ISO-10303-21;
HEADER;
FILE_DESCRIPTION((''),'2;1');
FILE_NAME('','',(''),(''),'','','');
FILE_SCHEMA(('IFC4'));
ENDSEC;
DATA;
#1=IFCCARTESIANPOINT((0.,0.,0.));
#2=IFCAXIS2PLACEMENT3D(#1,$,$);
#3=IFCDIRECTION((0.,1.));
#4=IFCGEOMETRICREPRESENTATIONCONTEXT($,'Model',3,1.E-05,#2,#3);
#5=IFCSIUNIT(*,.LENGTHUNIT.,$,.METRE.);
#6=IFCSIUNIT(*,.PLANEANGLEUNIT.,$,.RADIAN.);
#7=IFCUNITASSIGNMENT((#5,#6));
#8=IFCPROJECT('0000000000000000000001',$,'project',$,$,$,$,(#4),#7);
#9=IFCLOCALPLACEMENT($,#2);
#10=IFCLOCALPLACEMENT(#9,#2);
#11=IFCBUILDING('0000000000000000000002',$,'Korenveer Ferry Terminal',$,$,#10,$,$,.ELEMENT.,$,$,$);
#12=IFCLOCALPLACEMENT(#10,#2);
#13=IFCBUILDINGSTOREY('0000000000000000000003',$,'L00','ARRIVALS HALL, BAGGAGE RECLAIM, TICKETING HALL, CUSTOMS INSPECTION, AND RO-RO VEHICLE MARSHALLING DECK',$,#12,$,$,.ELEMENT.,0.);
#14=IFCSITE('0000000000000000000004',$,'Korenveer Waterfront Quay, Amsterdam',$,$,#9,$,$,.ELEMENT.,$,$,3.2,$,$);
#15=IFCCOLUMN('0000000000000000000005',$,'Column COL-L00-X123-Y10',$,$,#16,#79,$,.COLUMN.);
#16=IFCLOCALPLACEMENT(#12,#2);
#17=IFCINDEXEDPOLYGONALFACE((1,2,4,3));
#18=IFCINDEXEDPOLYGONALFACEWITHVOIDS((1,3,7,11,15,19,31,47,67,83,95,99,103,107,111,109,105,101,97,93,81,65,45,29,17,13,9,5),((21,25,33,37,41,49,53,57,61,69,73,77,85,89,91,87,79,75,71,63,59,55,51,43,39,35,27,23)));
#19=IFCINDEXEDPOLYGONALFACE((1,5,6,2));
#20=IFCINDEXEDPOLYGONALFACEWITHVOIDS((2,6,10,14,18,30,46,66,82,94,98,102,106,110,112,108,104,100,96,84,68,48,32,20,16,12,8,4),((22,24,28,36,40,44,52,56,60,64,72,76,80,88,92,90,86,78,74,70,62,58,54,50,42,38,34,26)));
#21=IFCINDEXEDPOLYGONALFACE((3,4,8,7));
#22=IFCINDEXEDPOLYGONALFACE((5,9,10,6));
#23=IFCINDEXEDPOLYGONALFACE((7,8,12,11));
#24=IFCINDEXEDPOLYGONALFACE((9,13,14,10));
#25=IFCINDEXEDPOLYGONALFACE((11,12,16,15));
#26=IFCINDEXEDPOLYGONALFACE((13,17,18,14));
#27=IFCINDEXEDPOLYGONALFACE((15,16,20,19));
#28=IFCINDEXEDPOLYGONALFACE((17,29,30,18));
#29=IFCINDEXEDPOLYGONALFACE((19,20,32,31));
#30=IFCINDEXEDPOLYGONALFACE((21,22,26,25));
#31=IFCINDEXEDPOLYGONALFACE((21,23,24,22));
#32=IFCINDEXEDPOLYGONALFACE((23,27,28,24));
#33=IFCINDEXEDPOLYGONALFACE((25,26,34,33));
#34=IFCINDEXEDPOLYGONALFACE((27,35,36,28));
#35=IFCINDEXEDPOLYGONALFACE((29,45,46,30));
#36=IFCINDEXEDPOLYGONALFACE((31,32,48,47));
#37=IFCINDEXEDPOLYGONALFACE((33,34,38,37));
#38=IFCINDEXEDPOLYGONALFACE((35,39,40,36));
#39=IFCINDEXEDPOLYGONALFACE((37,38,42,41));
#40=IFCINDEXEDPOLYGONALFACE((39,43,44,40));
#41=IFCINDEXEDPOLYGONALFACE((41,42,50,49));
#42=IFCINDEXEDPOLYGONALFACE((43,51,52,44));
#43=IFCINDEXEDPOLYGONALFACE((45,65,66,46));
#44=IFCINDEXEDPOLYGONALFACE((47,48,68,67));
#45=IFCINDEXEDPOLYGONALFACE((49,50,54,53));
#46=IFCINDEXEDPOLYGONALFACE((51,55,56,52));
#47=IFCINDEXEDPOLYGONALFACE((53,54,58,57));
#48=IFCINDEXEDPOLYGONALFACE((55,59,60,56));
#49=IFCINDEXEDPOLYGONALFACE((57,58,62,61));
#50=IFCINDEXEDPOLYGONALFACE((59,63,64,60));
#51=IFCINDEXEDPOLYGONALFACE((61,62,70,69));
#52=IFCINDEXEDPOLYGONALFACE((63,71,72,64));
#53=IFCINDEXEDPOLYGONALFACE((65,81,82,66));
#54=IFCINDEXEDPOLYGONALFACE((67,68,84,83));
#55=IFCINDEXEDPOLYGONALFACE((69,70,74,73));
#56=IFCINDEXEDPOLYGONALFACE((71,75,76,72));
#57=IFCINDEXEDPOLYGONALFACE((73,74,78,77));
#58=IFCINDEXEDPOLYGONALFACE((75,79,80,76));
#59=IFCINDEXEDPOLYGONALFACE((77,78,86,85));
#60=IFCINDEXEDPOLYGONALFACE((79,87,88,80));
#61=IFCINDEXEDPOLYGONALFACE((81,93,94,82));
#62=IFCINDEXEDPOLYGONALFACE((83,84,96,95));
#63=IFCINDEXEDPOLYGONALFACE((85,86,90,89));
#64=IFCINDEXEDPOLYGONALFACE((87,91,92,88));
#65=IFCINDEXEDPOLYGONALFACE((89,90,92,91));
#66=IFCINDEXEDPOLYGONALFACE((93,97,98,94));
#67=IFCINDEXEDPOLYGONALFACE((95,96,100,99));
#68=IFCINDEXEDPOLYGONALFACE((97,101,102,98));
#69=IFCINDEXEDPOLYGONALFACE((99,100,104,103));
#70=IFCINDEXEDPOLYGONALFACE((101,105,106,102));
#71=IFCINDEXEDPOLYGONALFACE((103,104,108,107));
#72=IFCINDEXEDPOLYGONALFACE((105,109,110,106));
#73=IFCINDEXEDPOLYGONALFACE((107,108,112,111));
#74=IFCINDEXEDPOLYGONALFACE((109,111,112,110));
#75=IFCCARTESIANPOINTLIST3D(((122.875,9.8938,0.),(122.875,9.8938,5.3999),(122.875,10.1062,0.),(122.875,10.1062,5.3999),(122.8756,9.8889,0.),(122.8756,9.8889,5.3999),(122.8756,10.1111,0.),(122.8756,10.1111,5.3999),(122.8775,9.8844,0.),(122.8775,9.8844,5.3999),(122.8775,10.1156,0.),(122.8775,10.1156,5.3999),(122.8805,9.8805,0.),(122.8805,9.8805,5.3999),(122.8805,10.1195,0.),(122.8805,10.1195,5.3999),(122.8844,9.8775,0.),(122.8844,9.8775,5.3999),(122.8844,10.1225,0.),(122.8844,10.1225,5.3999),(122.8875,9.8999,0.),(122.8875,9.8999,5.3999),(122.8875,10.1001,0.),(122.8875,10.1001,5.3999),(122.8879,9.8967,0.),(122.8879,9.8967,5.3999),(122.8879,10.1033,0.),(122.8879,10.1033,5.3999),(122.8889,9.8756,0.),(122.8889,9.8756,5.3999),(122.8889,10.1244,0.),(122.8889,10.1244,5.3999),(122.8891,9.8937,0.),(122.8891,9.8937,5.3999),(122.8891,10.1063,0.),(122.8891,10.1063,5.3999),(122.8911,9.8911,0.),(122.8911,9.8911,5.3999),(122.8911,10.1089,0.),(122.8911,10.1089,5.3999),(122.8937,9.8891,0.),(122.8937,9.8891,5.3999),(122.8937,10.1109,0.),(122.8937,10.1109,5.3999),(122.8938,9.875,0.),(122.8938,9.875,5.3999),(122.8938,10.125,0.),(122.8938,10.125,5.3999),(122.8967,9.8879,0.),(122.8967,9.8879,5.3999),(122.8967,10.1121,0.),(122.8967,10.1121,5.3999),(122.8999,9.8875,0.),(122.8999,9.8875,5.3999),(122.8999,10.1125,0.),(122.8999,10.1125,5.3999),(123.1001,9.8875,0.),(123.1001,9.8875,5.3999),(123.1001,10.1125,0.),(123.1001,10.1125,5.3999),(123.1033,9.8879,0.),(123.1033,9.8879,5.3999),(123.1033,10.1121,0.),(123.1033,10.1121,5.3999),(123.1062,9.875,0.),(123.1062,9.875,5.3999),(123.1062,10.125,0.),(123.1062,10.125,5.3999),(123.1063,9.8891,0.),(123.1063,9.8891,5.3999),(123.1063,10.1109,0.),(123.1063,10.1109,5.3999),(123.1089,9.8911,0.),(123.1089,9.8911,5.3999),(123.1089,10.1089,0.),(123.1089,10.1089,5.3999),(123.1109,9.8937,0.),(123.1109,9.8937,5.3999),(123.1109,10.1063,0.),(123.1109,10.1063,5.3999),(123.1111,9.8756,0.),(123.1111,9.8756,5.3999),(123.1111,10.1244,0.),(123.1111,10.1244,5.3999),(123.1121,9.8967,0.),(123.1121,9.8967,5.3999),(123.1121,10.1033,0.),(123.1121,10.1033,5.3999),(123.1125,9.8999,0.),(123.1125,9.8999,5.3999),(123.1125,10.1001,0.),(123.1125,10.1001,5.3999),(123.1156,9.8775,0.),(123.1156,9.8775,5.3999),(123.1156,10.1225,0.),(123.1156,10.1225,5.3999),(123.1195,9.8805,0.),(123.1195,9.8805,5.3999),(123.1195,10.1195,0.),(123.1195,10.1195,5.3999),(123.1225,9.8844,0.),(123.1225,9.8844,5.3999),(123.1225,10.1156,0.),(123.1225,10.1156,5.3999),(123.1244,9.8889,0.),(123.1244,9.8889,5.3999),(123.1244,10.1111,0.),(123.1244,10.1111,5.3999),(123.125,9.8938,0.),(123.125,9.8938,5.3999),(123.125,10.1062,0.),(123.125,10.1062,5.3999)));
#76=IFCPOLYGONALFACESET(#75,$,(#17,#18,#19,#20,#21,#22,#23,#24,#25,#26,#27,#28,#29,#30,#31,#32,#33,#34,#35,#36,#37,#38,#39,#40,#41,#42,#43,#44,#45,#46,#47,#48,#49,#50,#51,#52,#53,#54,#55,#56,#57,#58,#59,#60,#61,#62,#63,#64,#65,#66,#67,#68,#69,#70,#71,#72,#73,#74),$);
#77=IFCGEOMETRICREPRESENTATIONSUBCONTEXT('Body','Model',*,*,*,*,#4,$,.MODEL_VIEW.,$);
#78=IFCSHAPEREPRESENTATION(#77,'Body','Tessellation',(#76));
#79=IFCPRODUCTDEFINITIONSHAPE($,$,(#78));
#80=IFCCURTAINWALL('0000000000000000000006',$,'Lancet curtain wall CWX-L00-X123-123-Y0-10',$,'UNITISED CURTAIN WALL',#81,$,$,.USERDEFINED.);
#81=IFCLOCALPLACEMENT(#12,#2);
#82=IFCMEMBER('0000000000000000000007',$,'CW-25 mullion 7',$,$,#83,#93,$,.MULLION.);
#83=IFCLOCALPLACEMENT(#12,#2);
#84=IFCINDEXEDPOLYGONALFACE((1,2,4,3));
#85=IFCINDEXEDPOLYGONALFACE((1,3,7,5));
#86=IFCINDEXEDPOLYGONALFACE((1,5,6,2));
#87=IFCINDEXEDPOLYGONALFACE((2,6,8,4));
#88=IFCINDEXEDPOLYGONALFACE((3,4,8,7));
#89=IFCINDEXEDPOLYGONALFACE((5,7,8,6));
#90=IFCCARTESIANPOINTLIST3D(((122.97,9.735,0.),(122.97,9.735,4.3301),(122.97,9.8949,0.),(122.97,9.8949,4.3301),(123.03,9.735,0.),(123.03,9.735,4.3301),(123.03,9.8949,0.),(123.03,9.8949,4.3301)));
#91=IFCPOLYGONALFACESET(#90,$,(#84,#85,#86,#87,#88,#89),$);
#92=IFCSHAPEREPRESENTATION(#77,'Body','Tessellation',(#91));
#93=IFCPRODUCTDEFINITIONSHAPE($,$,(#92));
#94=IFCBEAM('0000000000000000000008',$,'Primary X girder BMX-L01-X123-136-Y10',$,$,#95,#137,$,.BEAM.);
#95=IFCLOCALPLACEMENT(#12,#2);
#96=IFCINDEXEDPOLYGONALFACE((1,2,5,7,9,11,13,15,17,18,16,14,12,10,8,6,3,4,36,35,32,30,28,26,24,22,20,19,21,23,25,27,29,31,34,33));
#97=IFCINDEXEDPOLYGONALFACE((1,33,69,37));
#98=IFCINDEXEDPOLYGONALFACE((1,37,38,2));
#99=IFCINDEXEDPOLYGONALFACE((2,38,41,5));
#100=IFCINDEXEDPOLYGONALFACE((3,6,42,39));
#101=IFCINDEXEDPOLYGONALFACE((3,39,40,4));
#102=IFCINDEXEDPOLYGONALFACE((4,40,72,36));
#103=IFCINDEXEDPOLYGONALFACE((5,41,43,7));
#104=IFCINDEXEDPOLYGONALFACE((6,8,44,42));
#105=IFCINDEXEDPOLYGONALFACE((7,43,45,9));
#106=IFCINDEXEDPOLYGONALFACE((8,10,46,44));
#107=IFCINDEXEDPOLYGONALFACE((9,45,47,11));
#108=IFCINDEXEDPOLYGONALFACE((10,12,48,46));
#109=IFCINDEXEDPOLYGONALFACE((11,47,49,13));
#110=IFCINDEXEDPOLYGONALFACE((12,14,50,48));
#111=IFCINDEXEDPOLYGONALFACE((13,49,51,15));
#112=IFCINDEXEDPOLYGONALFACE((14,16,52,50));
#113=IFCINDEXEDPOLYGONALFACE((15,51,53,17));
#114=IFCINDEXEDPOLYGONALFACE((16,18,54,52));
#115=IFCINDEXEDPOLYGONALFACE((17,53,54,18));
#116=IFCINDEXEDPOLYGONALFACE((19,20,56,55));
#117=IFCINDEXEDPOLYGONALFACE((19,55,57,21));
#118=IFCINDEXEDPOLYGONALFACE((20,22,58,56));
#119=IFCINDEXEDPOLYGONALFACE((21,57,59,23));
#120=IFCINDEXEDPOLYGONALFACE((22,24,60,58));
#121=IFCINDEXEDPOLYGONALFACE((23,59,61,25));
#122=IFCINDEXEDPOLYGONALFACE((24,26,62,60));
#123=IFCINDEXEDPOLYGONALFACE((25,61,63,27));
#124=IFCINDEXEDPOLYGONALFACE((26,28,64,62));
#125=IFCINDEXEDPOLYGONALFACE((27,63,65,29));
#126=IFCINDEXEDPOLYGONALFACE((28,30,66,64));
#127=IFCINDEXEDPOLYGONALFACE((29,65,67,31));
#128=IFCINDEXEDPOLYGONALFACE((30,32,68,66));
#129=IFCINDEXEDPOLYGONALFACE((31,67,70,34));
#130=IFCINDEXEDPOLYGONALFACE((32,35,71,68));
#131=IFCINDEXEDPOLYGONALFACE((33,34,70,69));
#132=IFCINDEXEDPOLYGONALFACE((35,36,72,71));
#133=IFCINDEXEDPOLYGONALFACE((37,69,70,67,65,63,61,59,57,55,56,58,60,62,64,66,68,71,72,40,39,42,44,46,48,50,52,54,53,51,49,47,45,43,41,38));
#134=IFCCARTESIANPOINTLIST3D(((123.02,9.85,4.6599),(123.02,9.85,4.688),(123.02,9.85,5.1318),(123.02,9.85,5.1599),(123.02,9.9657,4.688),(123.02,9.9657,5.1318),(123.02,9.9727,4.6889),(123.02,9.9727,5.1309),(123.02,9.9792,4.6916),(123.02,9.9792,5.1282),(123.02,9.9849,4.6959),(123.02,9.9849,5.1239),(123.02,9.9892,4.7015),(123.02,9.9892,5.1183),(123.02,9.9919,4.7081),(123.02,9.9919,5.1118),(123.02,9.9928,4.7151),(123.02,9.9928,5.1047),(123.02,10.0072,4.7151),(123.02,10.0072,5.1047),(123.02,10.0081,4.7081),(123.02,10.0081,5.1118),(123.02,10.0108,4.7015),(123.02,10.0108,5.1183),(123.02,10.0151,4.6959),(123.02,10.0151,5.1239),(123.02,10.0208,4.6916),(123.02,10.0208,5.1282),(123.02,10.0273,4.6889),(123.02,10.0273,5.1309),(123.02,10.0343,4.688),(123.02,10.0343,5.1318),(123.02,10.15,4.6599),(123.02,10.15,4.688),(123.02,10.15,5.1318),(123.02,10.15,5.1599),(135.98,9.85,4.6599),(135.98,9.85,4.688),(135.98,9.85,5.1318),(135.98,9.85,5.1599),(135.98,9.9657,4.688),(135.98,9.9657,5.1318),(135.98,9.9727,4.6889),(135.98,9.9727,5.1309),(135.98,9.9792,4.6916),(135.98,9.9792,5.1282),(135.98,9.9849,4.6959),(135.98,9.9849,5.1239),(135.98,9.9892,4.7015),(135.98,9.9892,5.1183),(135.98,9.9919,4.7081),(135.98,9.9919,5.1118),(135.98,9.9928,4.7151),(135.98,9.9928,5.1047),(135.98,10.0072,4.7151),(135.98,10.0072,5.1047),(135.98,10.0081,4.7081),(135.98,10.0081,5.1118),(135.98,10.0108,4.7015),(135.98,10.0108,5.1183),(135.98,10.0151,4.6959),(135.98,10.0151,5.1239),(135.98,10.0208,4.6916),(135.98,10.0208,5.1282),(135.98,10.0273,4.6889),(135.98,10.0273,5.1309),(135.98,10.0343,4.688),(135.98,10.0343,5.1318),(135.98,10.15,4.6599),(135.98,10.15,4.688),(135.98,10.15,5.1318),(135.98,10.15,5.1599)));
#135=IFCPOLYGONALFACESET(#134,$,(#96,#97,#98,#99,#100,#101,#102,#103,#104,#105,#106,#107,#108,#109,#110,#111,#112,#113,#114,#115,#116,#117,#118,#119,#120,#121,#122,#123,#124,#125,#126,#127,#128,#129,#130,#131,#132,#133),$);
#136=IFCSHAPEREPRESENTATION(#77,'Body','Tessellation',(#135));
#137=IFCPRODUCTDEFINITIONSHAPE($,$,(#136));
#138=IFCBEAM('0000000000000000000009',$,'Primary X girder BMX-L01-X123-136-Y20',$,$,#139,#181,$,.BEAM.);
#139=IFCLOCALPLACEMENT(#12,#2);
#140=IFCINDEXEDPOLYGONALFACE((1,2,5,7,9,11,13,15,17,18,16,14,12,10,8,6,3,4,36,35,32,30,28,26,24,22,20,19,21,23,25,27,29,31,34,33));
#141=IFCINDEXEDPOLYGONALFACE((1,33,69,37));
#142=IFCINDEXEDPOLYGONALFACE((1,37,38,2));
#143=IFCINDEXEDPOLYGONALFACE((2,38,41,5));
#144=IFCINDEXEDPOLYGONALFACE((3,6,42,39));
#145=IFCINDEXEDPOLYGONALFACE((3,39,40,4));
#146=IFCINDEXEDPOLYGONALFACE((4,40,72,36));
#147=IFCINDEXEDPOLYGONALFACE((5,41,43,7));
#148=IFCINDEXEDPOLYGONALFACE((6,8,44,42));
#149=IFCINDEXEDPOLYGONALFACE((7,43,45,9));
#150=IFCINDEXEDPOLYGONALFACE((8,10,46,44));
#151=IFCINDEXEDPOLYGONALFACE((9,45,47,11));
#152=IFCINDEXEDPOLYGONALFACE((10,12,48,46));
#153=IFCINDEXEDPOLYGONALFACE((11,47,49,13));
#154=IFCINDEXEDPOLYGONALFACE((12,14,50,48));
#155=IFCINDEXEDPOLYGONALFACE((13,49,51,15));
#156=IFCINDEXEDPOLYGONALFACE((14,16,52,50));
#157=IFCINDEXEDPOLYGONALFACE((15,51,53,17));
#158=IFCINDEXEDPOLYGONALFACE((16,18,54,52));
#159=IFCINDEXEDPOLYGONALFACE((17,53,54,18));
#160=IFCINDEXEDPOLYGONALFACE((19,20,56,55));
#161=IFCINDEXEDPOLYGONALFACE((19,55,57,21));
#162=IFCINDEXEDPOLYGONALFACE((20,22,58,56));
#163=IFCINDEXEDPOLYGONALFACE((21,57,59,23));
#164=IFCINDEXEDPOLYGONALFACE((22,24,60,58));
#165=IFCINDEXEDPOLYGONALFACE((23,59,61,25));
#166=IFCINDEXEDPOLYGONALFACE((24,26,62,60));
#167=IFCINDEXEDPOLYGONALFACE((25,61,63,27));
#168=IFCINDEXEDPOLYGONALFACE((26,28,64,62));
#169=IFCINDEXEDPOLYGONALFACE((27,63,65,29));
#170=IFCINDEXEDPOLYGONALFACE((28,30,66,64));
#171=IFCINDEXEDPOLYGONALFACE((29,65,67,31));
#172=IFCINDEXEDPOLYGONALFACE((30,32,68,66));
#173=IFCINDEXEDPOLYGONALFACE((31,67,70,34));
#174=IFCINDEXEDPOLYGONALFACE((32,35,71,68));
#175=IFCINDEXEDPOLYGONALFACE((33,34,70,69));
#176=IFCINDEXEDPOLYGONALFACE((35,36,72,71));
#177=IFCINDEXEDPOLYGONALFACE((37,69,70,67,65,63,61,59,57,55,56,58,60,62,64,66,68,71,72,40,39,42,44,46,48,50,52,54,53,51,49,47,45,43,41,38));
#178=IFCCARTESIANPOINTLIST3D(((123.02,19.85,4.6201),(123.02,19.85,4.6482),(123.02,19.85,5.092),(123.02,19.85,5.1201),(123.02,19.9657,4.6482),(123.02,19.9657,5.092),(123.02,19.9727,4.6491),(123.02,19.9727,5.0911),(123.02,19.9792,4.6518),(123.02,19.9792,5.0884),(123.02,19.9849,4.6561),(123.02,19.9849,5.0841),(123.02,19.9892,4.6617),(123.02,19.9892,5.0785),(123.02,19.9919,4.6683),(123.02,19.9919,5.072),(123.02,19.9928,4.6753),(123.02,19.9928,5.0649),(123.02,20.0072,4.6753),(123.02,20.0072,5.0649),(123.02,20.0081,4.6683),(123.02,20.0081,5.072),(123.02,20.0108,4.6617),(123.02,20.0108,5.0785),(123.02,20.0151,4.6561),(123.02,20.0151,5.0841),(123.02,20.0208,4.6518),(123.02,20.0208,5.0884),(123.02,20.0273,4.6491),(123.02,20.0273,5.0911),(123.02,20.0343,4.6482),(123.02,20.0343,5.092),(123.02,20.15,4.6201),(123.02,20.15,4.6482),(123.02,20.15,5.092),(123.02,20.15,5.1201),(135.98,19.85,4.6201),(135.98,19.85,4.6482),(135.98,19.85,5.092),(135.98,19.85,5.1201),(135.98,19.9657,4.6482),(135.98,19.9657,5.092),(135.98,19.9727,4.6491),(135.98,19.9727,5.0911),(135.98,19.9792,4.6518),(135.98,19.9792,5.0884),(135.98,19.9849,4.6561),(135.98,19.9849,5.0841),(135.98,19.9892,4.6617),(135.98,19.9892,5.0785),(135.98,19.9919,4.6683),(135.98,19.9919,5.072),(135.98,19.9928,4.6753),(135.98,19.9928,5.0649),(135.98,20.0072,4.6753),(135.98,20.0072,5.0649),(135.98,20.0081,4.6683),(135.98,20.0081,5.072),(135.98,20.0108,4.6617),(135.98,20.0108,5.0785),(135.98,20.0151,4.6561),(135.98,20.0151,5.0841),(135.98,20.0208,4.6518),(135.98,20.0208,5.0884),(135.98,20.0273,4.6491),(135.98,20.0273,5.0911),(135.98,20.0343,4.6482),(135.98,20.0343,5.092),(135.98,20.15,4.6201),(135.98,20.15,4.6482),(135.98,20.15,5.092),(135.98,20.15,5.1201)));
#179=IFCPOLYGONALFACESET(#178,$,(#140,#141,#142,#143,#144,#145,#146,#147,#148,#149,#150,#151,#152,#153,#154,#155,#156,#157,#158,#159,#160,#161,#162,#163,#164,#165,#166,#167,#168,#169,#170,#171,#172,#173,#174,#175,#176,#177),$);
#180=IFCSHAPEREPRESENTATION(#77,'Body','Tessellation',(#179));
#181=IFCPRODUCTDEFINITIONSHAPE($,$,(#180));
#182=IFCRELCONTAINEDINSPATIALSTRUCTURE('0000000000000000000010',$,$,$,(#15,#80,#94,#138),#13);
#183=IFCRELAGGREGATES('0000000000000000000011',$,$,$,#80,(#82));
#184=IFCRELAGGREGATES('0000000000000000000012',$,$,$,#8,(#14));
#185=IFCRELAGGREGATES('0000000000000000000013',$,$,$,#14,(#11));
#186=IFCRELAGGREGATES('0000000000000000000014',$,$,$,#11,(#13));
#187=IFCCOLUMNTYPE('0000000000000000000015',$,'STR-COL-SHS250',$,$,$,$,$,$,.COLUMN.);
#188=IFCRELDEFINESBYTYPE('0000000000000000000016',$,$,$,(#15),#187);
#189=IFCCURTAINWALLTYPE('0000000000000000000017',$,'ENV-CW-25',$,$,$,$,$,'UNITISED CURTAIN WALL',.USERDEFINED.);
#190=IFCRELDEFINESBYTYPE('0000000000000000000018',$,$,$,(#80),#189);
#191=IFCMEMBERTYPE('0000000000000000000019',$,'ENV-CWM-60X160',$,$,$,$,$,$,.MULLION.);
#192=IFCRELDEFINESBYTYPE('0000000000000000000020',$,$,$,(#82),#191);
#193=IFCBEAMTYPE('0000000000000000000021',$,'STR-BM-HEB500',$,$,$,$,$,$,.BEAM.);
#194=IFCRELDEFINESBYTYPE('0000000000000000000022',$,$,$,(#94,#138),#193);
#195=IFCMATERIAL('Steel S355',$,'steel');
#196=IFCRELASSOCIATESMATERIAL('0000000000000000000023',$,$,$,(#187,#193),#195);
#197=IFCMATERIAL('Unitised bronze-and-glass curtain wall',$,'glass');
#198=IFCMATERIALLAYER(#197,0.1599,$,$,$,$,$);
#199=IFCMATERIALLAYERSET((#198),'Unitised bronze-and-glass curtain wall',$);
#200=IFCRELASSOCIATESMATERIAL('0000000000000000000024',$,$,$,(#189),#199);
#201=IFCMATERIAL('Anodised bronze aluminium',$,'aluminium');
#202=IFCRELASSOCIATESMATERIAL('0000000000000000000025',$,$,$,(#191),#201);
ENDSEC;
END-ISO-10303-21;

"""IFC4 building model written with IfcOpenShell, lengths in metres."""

from ifc_helpers import new_model, si_unit, direction, frame, origin, origin_2d, place, context, subcontext, project, spatial, rectangle, hollow_rectangle, i_section, extrude, material, layer, layer_set, material_profile, profile_set, type_object, element, aggregate, save


model = new_model("IFC4")

# Units and contexts
model_context = context("Model", 3, precision=1e-05, world=origin(), true_north=direction((0.0, 1.0)))
body_context = subcontext(model_context, "Body", "Model", "MODEL_VIEW")
ifc_project = project(units=[si_unit("LENGTHUNIT", "METRE"), si_unit("PLANEANGLEUNIT", "RADIAN")], contexts=[model_context])

# Site, building, storey
site_placement = place(None, origin())
site = spatial("IfcSite", under=ifc_project, at=site_placement, Name="Korenveer Waterfront Quay, Amsterdam", CompositionType="ELEMENT", RefElevation=3.2)
building_placement = place(site_placement, origin())
building = spatial("IfcBuilding", under=site, at=building_placement, Name="Korenveer Ferry Terminal", CompositionType="ELEMENT")
storey_placement = place(building_placement, origin())
storey = spatial("IfcBuildingStorey", under=building, at=storey_placement, Name="L00", Description="ARRIVALS HALL, BAGGAGE RECLAIM, TICKETING HALL, CUSTOMS INSPECTION, AND RO-RO VEHICLE MARSHALLING DECK", CompositionType="ELEMENT", Elevation=0.0)

# Column
ifc_material_1 = material(Name="Steel S355", Category="steel")
ifc_material_profile_1 = material_profile(ifc_material_1, hollow_rectangle(XDim=0.25, YDim=0.25, WallThickness=0.0125, InnerFilletRadius=0.0125, OuterFilletRadius=0.0188, at=origin_2d()), Name="SHS 250x250x12.5")
ifc_profile_set_1 = profile_set([ifc_material_profile_1], Name="Steel S355")
column_type_1 = type_object("IfcColumnType", Name="STR-COL-SHS250", PredefinedType="COLUMN", material=ifc_profile_set_1)
column_1_placement = place(storey_placement, frame((123.0, 10.0, 0.0), z_axis=(0.0, 0.0, 1.0), x_axis=(1.0, 0.0, 0.0)))
element("IfcColumn", 1, at=column_1_placement, inside=storey, type_object=column_type_1, Name="Column COL-L00-X123-Y10", PredefinedType="COLUMN", context=body_context, shape_type="SweptSolid", body=[
    extrude(hollow_rectangle(XDim=0.25, YDim=0.25, WallThickness=0.0125, InnerFilletRadius=0.0125, OuterFilletRadius=0.0188, at=origin_2d()), origin(), (0.0, 0.0, 1.0), 5.3999),
])

# Curtain wall, member
ifc_material_2 = material(Name="Unitised bronze-and-glass curtain wall", Category="glass")
ifc_layer_1 = layer(ifc_material_2, 0.1599)
ifc_layer_set_1 = layer_set([ifc_layer_1], Name="Unitised bronze-and-glass curtain wall")
curtain_wall_type = type_object("IfcCurtainWallType", Name="ENV-CW-25", ElementType="UNITISED CURTAIN WALL", PredefinedType="USERDEFINED", material=ifc_layer_set_1)
curtain_wall_placement = place(storey_placement, frame((123.0, 0.155, 0.0)))
curtain_wall = element("IfcCurtainWall", 2, at=curtain_wall_placement, inside=storey, type_object=curtain_wall_type, Name="Lancet curtain wall CWX-L00-X123-123-Y0-10", ObjectType="UNITISED CURTAIN WALL", PredefinedType="USERDEFINED")
ifc_material_3 = material(Name="Anodised bronze aluminium", Category="aluminium")
ifc_material_profile_2 = material_profile(ifc_material_3, rectangle(XDim=0.0601, YDim=0.1599, at=origin_2d()), Name="ALU 60x160")
ifc_profile_set_2 = profile_set([ifc_material_profile_2], Name="Anodised bronze aluminium")
member_type = type_object("IfcMemberType", Name="ENV-CWM-60X160", PredefinedType="MULLION", material=ifc_profile_set_2)
member_placement = place(storey_placement, frame((123.0, 9.8149, 0.0), z_axis=(0.0, 0.0, 1.0), x_axis=(-1.0, 0.0, 0.0)))
member = element("IfcMember", 3, at=member_placement, type_object=member_type, Name="CW-25 mullion 7", PredefinedType="MULLION", context=body_context, shape_type="SweptSolid", body=[
    extrude(rectangle(XDim=0.0601, YDim=0.1599, at=origin_2d()), origin(), (0.0, 0.0, 1.0), 4.3301),
])

# Beams
ifc_material_profile_3 = material_profile(ifc_material_1, i_section(OverallWidth=0.3, OverallDepth=0.5, WebThickness=0.0144, FlangeThickness=0.0281, FilletRadius=0.0271, at=origin_2d()), Name="HEB 500")
ifc_profile_set_3 = profile_set([ifc_material_profile_3], Name="Steel S355")
beam_type_1 = type_object("IfcBeamType", Name="STR-BM-HEB500", PredefinedType="BEAM", material=ifc_profile_set_3)
for number, where, z_axis, x_axis, name in (
    (4, (123.02, 10.0, 4.9099), (1.0, 0.0, 0.0), (0.0, 1.0, 0.0), "Primary X girder BMX-L01-X123-136-Y10"),
    (5, (123.02, 20.0, 4.8701), (1.0, 0.0, 0.0), (0.0, 1.0, 0.0), "Primary X girder BMX-L01-X123-136-Y20"),
):
    element("IfcBeam", number, at=place(storey_placement, frame(where, z_axis=z_axis, x_axis=x_axis)), inside=storey, type_object=beam_type_1, Name=name, PredefinedType="BEAM", context=body_context, shape_type="SweptSolid", body=[
        extrude(i_section(OverallWidth=0.3, OverallDepth=0.5, WebThickness=0.0144, FlangeThickness=0.0281, FilletRadius=0.0271, at=origin_2d()), origin(), (0.0, 0.0, 1.0), 12.96),
    ])

aggregate(curtain_wall, [member])

save(model, "model.ifc")
